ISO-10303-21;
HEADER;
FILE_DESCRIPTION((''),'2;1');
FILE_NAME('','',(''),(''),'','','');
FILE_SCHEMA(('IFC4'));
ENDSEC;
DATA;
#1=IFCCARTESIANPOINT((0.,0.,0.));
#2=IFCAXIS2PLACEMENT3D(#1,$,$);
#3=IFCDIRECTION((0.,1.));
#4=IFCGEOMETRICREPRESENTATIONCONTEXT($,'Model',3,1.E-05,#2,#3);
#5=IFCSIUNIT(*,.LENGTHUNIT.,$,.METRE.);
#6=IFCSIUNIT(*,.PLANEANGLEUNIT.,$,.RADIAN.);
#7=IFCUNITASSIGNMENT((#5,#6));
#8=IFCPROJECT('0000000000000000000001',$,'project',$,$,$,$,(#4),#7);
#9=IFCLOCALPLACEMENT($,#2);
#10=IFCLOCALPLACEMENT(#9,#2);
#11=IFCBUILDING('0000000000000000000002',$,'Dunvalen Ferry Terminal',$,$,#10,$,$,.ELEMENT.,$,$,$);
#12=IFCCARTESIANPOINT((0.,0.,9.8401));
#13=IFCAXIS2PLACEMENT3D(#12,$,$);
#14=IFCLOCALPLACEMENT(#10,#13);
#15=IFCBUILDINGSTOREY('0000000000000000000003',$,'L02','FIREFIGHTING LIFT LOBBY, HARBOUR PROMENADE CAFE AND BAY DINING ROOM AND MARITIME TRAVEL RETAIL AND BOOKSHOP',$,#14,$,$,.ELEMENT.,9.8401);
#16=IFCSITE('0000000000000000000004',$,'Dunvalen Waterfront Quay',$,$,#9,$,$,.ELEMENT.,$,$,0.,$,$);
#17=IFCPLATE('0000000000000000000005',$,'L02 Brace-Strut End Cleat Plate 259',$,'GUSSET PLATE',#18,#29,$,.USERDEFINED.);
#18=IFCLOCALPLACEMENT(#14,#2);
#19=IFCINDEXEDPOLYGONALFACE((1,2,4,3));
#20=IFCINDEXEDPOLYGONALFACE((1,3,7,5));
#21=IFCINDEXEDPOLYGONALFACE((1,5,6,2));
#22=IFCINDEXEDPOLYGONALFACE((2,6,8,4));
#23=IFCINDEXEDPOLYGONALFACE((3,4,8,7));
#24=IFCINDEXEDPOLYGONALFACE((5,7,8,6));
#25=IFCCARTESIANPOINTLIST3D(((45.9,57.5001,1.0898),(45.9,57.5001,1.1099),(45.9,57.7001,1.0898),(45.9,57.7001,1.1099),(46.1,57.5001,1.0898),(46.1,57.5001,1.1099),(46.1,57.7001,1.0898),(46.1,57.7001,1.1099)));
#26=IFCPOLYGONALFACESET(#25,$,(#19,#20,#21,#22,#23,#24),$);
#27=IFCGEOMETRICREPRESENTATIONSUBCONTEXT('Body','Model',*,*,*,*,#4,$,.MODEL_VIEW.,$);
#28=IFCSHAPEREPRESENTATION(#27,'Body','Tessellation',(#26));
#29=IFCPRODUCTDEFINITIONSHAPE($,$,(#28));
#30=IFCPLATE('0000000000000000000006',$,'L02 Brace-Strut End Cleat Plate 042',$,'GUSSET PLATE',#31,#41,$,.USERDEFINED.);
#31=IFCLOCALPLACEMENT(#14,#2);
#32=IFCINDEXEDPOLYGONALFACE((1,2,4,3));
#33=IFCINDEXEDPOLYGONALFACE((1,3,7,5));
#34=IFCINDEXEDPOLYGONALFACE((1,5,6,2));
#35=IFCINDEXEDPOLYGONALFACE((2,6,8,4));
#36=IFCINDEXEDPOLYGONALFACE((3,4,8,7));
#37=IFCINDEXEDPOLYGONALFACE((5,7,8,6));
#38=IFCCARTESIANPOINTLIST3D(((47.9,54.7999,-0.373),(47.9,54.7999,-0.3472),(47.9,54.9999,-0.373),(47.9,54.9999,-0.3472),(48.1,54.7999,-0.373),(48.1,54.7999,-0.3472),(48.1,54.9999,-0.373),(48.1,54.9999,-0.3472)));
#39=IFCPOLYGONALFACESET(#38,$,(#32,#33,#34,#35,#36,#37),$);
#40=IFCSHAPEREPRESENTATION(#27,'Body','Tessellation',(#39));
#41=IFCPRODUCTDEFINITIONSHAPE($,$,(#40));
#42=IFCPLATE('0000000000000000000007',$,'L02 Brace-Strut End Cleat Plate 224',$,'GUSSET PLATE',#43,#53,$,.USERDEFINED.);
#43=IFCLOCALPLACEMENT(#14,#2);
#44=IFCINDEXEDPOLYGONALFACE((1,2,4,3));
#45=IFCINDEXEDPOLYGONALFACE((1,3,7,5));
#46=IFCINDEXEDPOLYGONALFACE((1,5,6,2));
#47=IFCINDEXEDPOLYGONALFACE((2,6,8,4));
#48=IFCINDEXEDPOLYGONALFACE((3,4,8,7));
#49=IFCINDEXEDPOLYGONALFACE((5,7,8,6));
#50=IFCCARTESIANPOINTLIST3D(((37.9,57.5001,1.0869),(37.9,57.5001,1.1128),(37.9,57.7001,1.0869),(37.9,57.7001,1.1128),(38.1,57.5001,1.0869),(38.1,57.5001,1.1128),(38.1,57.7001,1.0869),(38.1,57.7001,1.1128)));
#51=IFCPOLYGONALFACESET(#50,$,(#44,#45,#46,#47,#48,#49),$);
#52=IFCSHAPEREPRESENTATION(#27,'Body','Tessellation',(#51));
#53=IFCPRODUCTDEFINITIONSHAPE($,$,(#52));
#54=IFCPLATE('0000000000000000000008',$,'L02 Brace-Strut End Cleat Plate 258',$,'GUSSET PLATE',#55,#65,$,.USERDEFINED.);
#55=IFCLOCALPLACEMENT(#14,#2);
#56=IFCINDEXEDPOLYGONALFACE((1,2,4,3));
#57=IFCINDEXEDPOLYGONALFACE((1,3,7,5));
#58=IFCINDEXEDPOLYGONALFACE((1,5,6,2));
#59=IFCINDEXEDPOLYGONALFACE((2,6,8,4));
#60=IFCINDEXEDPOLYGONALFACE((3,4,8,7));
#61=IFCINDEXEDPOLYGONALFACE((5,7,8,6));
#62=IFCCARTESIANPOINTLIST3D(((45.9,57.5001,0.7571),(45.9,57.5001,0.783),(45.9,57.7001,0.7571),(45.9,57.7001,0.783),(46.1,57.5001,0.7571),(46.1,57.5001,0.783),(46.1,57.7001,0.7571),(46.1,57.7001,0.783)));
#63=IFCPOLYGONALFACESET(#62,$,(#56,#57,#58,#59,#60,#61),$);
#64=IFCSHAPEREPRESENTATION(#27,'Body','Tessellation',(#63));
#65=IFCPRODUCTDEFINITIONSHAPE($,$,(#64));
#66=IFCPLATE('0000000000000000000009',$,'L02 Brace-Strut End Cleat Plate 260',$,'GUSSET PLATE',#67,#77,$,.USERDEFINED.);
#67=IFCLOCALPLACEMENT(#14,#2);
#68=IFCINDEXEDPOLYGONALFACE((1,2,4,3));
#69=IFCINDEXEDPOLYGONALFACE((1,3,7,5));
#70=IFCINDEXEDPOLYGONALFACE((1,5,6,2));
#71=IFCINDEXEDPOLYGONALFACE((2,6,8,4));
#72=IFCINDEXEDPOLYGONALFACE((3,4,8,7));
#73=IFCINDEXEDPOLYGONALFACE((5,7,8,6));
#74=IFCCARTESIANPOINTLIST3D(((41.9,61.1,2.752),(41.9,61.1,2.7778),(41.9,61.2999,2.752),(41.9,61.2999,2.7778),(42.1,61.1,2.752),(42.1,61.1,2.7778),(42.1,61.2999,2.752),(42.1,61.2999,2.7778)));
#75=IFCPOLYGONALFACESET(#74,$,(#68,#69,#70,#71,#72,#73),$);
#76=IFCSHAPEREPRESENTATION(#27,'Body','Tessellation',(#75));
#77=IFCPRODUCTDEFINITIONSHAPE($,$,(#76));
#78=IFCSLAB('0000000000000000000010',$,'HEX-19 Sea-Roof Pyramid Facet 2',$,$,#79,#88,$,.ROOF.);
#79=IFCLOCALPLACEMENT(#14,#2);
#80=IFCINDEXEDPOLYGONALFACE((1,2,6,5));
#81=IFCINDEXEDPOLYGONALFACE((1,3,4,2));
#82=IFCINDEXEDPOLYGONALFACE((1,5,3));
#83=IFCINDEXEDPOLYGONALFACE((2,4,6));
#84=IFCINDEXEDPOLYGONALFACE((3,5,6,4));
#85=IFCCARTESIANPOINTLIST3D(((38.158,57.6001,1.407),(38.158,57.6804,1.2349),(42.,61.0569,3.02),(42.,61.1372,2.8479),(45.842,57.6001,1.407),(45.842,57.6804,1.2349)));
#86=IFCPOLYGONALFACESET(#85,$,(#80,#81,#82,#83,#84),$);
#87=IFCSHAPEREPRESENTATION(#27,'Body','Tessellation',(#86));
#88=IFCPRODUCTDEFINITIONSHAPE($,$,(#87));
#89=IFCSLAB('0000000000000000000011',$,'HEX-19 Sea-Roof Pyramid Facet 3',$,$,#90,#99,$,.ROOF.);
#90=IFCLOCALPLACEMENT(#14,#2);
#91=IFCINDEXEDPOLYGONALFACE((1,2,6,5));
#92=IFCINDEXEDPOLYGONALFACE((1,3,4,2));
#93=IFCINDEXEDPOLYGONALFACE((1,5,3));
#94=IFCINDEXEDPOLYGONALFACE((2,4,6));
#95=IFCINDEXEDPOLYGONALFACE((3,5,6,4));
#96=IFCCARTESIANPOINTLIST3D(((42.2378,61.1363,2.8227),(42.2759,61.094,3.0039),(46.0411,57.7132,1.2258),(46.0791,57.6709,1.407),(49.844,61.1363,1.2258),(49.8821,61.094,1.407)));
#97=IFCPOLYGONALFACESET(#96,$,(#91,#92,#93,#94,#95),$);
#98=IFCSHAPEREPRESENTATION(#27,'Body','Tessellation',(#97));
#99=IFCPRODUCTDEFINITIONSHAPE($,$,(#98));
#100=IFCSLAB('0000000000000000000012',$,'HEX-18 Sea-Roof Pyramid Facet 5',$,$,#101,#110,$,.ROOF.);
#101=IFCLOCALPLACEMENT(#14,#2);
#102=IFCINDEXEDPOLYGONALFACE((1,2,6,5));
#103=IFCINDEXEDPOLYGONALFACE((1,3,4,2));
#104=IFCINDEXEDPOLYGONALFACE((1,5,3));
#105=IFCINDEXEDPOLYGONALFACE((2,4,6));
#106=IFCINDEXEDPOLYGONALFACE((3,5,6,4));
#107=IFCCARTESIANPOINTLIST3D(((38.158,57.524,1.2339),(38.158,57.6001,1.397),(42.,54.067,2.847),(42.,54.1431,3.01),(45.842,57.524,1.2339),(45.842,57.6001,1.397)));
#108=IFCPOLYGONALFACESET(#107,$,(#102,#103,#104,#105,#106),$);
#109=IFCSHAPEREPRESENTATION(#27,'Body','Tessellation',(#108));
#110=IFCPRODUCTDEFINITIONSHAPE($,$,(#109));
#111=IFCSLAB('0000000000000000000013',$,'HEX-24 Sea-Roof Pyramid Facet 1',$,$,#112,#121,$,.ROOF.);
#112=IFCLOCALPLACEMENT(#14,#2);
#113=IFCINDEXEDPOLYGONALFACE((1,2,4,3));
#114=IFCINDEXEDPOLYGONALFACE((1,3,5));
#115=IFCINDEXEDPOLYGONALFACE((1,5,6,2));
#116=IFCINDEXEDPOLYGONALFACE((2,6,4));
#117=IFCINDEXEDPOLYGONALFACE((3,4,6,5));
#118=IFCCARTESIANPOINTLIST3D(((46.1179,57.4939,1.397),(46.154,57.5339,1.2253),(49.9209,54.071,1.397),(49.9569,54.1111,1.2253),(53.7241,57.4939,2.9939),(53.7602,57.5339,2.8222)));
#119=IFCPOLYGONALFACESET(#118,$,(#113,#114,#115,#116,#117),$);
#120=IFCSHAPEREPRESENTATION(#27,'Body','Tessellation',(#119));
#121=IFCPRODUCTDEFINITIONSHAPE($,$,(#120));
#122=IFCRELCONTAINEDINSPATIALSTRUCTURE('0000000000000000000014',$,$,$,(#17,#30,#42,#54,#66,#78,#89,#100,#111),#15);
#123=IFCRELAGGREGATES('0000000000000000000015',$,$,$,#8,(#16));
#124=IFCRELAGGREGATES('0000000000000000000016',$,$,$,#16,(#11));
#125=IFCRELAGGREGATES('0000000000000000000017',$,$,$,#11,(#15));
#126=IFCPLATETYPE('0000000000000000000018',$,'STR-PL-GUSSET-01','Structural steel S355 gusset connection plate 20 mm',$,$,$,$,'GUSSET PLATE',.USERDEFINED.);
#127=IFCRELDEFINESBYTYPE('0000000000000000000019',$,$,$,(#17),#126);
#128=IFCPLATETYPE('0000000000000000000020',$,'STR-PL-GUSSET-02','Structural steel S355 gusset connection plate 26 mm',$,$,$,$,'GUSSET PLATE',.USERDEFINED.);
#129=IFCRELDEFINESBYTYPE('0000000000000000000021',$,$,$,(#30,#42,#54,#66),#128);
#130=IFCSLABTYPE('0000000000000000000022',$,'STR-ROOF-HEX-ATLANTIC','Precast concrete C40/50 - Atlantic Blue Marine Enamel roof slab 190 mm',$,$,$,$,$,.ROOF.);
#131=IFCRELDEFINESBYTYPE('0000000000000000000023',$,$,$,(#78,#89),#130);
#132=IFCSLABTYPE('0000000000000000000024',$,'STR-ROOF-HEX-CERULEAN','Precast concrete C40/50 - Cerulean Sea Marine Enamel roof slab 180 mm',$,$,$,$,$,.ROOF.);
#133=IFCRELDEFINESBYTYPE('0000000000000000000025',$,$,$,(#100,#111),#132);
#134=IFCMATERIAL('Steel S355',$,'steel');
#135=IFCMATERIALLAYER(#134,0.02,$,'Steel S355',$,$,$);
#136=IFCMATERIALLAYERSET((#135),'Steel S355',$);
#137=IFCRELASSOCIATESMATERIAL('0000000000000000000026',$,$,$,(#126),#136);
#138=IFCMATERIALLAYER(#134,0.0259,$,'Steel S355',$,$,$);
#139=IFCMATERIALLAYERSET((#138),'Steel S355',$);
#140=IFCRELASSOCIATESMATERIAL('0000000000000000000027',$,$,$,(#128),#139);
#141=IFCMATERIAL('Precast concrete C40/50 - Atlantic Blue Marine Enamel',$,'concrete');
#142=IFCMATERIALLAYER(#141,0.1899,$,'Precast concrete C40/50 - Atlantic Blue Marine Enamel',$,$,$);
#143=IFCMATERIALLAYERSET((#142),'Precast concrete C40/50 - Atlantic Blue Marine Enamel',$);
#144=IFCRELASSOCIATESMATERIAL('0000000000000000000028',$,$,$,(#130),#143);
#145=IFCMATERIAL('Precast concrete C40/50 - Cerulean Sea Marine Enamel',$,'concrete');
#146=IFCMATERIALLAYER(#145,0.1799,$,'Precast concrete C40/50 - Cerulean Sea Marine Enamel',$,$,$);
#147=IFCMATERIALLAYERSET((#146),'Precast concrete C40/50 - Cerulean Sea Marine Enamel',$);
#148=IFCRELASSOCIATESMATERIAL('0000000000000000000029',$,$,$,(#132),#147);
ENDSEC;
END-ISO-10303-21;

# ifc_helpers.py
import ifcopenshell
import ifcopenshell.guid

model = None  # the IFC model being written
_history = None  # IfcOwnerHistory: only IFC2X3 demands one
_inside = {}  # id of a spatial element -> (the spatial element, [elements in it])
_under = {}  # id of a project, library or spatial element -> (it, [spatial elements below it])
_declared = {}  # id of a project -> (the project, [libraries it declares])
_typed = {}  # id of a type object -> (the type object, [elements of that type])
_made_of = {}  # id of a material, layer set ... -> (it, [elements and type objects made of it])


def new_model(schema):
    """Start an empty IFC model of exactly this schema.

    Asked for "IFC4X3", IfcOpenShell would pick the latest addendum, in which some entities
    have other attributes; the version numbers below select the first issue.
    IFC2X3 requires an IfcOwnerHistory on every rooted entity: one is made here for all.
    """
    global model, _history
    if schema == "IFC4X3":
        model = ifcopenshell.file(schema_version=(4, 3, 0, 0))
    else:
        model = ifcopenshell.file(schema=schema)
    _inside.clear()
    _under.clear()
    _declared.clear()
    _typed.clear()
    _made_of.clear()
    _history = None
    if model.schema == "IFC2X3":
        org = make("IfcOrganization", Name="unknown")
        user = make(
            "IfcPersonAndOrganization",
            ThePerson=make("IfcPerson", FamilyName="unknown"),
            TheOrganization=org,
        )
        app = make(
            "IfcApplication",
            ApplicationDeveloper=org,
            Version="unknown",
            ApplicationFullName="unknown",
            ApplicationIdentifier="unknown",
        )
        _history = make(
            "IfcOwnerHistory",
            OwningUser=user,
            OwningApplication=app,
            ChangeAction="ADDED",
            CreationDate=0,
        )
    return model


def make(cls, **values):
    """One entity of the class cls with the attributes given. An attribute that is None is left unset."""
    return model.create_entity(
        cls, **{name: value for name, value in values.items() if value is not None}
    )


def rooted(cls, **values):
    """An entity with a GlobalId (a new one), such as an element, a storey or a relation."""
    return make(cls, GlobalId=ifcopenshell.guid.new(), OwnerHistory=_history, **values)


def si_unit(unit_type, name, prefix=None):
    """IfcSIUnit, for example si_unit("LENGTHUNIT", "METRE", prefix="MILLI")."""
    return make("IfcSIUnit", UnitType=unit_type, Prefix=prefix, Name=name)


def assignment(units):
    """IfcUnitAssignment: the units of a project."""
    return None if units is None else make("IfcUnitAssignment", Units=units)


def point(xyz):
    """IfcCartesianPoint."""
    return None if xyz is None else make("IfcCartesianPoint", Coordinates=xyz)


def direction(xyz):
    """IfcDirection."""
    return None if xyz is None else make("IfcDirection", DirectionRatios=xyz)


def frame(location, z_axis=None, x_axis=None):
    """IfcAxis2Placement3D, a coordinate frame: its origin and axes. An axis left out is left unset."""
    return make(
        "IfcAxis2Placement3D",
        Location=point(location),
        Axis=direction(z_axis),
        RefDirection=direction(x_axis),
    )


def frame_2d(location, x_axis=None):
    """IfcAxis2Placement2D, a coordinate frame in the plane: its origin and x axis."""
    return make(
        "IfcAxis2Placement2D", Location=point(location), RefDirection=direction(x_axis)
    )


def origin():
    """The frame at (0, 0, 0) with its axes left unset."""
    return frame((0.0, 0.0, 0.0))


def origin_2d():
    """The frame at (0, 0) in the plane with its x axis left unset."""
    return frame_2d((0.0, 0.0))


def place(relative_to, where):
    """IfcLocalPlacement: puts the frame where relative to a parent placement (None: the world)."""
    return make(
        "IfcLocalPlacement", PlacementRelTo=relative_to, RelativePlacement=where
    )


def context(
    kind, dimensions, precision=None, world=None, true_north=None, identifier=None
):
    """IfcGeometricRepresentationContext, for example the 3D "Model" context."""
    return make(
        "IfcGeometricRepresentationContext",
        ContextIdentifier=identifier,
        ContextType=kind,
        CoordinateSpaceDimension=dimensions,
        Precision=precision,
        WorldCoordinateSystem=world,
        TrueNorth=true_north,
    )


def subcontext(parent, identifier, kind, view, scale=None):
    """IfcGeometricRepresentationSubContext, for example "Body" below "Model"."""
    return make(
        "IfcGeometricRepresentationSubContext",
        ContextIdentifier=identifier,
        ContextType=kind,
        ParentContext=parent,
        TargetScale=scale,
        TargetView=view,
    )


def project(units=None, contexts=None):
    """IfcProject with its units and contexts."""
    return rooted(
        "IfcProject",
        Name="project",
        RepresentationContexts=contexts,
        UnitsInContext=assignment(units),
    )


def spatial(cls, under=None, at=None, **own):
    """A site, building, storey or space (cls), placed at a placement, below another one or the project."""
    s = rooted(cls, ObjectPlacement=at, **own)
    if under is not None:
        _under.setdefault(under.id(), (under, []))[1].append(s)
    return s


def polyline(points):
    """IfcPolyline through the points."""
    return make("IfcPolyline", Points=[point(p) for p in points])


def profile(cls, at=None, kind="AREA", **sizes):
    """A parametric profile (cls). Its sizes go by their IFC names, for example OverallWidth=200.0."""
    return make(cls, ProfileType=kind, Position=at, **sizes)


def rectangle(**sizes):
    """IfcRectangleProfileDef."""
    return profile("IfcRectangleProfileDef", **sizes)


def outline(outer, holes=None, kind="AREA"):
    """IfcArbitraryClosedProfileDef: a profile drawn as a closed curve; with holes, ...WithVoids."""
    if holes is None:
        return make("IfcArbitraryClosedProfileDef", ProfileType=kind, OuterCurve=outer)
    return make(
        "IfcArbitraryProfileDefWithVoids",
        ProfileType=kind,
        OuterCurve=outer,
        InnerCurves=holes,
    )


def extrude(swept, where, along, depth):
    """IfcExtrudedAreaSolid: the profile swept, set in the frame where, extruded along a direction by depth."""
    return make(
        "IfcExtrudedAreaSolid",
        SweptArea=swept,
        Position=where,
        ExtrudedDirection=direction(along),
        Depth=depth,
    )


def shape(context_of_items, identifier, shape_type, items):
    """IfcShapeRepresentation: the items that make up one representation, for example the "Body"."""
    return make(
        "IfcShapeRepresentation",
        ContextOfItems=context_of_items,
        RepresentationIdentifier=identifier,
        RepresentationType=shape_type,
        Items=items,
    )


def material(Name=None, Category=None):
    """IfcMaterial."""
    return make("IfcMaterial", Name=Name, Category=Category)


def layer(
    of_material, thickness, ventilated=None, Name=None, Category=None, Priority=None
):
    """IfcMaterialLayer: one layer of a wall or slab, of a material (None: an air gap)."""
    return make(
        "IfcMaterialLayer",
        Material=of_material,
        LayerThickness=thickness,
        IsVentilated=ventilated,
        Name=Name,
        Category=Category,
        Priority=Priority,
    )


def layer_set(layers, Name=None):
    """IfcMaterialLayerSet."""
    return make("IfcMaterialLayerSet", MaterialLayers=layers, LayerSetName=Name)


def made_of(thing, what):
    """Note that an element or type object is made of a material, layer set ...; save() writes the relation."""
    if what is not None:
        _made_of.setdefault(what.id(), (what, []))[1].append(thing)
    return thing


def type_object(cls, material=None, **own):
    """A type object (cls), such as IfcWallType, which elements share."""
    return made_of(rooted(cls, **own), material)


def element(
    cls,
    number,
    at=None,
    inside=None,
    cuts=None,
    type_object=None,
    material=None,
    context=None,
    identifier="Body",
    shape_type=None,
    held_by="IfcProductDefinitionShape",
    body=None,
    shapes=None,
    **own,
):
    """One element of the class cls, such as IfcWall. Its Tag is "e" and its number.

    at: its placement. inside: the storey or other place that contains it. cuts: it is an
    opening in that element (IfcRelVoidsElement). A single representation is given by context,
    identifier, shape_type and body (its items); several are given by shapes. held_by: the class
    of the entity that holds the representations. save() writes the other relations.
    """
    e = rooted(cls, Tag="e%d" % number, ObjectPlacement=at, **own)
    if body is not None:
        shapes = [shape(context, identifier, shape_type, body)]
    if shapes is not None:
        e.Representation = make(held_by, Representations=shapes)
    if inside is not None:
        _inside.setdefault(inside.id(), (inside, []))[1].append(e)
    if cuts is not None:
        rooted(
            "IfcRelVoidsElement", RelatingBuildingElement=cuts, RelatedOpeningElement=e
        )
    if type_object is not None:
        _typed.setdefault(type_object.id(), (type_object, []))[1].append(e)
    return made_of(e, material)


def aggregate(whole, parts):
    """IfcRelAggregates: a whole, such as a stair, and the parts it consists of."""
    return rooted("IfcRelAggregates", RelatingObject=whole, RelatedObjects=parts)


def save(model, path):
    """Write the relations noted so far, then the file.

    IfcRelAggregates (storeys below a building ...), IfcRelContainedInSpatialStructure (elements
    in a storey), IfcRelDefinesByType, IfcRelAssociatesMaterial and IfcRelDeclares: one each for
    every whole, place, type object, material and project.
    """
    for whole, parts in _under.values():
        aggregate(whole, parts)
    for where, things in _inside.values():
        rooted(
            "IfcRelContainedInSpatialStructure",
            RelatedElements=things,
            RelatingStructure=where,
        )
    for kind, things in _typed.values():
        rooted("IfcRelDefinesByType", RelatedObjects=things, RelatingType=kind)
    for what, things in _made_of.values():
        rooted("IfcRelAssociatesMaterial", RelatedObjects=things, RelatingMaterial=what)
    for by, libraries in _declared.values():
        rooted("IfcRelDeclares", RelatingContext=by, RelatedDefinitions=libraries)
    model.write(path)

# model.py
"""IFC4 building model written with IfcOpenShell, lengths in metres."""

from ifc_helpers import new_model, si_unit, direction, frame, origin, origin_2d, place, context, subcontext, project, spatial, polyline, rectangle, outline, extrude, material, layer, layer_set, type_object, element, save


model = new_model("IFC4")

# Units and contexts
model_context = context("Model", 3, precision=1e-05, world=origin(), true_north=direction((0.0, 1.0)))
body_context = subcontext(model_context, "Body", "Model", "MODEL_VIEW")
ifc_project = project(units=[si_unit("LENGTHUNIT", "METRE"), si_unit("PLANEANGLEUNIT", "RADIAN")], contexts=[model_context])

# Site, building, storey
site_placement = place(None, origin())
site = spatial("IfcSite", under=ifc_project, at=site_placement, Name="Dunvalen Waterfront Quay", CompositionType="ELEMENT", RefElevation=0.0)
building_placement = place(site_placement, origin())
building = spatial("IfcBuilding", under=site, at=building_placement, Name="Dunvalen Ferry Terminal", CompositionType="ELEMENT")
storey_placement = place(building_placement, frame((0.0, 0.0, 9.8401)))
storey = spatial("IfcBuildingStorey", under=building, at=storey_placement, Name="L02", Description="FIREFIGHTING LIFT LOBBY, HARBOUR PROMENADE CAFE AND BAY DINING ROOM AND MARITIME TRAVEL RETAIL AND BOOKSHOP", CompositionType="ELEMENT", Elevation=9.8401)

# Shared definitions
ifc_material_1 = material(Name="Steel S355", Category="steel")

# Plates
ifc_layer_1 = layer(ifc_material_1, 0.02, Name="Steel S355")
ifc_layer_set_1 = layer_set([ifc_layer_1], Name="Steel S355")
plate_type_1 = type_object("IfcPlateType", Name="STR-PL-GUSSET-01", Description="Structural steel S355 gusset connection plate 20 mm", ElementType="GUSSET PLATE", PredefinedType="USERDEFINED", material=ifc_layer_set_1)
for number, where, z_axis, x_axis, name in (
    (1, (46.0, 57.6001, 1.0898), (0.0, 0.0, 1.0), (1.0, 0.0, 0.0), "L02 Brace-Strut End Cleat Plate 259"),
):
    element("IfcPlate", number, at=place(storey_placement, frame(where, z_axis=z_axis, x_axis=x_axis)), inside=storey, type_object=plate_type_1, Name=name, ObjectType="GUSSET PLATE", PredefinedType="USERDEFINED", context=body_context, shape_type="SweptSolid", body=[
        extrude(rectangle(XDim=0.2, YDim=0.2, at=origin_2d()), origin(), (0.0, 0.0, 1.0), 0.02),
    ])
ifc_layer_2 = layer(ifc_material_1, 0.0259, Name="Steel S355")
ifc_layer_set_2 = layer_set([ifc_layer_2], Name="Steel S355")
plate_type_2 = type_object("IfcPlateType", Name="STR-PL-GUSSET-02", Description="Structural steel S355 gusset connection plate 26 mm", ElementType="GUSSET PLATE", PredefinedType="USERDEFINED", material=ifc_layer_set_2)
for number, where, z_axis, x_axis, name in (
    (2, (48.0, 54.8999, -0.373), (0.0, 0.0, 1.0), (1.0, 0.0, 0.0), "L02 Brace-Strut End Cleat Plate 042"),
    (3, (38.0, 57.6001, 1.0869), (0.0, 0.0, 1.0), (1.0, 0.0, 0.0), "L02 Brace-Strut End Cleat Plate 224"),
    (4, (46.0, 57.6001, 0.7571), (0.0, 0.0, 1.0), (1.0, 0.0, 0.0), "L02 Brace-Strut End Cleat Plate 258"),
    (5, (42.0, 61.2, 2.752), (0.0, 0.0, 1.0), (1.0, 0.0, 0.0), "L02 Brace-Strut End Cleat Plate 260"),
):
    element("IfcPlate", number, at=place(storey_placement, frame(where, z_axis=z_axis, x_axis=x_axis)), inside=storey, type_object=plate_type_2, Name=name, ObjectType="GUSSET PLATE", PredefinedType="USERDEFINED", context=body_context, shape_type="SweptSolid", body=[
        extrude(rectangle(XDim=0.2, YDim=0.2, at=origin_2d()), origin(), (0.0, 0.0, 1.0), 0.0259),
    ])

# Slabs
ifc_material_2 = material(Name="Precast concrete C40/50 - Atlantic Blue Marine Enamel", Category="concrete")
ifc_layer_3 = layer(ifc_material_2, 0.1899, Name="Precast concrete C40/50 - Atlantic Blue Marine Enamel")
ifc_layer_set_3 = layer_set([ifc_layer_3], Name="Precast concrete C40/50 - Atlantic Blue Marine Enamel")
slab_type_1 = type_object("IfcSlabType", Name="STR-ROOF-HEX-ATLANTIC", Description="Precast concrete C40/50 - Atlantic Blue Marine Enamel roof slab 190 mm", PredefinedType="ROOF", material=ifc_layer_set_3)
slab_1_placement = place(storey_placement, frame((38.158, 57.6001, 1.407), z_axis=(0.0, -0.422857, 0.906196), x_axis=(1.0, 0.0, 0.0)))
element("IfcSlab", 6, at=slab_1_placement, inside=storey, type_object=slab_type_1, Name="HEX-19 Sea-Roof Pyramid Facet 2", PredefinedType="ROOF", context=body_context, shape_type="SweptSolid", body=[
    extrude(outline(polyline([(0.0, 0.0), (7.6841, 0.0), (3.842, 3.8146), (0.0, 0.0)])), origin(), (0.0, 0.0, -1.0), 0.1899),
])
slab_2_placement = place(storey_placement, frame((46.0791, 57.6709, 1.407), z_axis=(0.200318, -0.222548, 0.95412), x_axis=(0.743254, 0.66901, 0.0)))
element("IfcSlab", 7, at=slab_2_placement, inside=storey, type_object=slab_type_1, Name="HEX-19 Sea-Roof Pyramid Facet 3", PredefinedType="ROOF", context=body_context, shape_type="SweptSolid", body=[
    extrude(outline(polyline([(0.0, 0.0), (5.1167, 0.0), (-0.5367, 5.3333), (0.0, 0.0)])), origin(), (0.0, 0.0, -1.0), 0.1899),
])
ifc_material_3 = material(Name="Precast concrete C40/50 - Cerulean Sea Marine Enamel", Category="concrete")
ifc_layer_4 = layer(ifc_material_3, 0.1799, Name="Precast concrete C40/50 - Cerulean Sea Marine Enamel")
ifc_layer_set_4 = layer_set([ifc_layer_4], Name="Precast concrete C40/50 - Cerulean Sea Marine Enamel")
slab_type_2 = type_object("IfcSlabType", Name="STR-ROOF-HEX-CERULEAN", Description="Precast concrete C40/50 - Cerulean Sea Marine Enamel roof slab 180 mm", PredefinedType="ROOF", material=ifc_layer_set_4)
slab_3_placement = place(storey_placement, frame((45.842, 57.6001, 1.397), z_axis=(0.0, 0.422833, 0.906208), x_axis=(-1.0, 0.0, 0.0)))
element("IfcSlab", 8, at=slab_3_placement, inside=storey, type_object=slab_type_2, Name="HEX-18 Sea-Roof Pyramid Facet 5", PredefinedType="ROOF", context=body_context, shape_type="SweptSolid", body=[
    extrude(outline(polyline([(0.0, 0.0), (7.6841, 0.0), (3.842, 3.8148), (0.0, 0.0)])), origin(), (0.0, 0.0, -1.0), 0.1799),
])
slab_4_placement = place(storey_placement, frame((46.1179, 57.4939, 1.397), z_axis=(-0.200317, -0.222563, 0.954117), x_axis=(0.743278, -0.668983, 0.0)))
element("IfcSlab", 9, at=slab_4_placement, inside=storey, type_object=slab_type_2, Name="HEX-24 Sea-Roof Pyramid Facet 1", PredefinedType="ROOF", context=body_context, shape_type="SweptSolid", body=[
    extrude(outline(polyline([(0.0, 0.0), (5.1165, 0.0), (5.6535, 5.3331), (0.0, 0.0)])), origin(), (0.0, 0.0, -1.0), 0.1799),
])

save(model, "model.ifc")
